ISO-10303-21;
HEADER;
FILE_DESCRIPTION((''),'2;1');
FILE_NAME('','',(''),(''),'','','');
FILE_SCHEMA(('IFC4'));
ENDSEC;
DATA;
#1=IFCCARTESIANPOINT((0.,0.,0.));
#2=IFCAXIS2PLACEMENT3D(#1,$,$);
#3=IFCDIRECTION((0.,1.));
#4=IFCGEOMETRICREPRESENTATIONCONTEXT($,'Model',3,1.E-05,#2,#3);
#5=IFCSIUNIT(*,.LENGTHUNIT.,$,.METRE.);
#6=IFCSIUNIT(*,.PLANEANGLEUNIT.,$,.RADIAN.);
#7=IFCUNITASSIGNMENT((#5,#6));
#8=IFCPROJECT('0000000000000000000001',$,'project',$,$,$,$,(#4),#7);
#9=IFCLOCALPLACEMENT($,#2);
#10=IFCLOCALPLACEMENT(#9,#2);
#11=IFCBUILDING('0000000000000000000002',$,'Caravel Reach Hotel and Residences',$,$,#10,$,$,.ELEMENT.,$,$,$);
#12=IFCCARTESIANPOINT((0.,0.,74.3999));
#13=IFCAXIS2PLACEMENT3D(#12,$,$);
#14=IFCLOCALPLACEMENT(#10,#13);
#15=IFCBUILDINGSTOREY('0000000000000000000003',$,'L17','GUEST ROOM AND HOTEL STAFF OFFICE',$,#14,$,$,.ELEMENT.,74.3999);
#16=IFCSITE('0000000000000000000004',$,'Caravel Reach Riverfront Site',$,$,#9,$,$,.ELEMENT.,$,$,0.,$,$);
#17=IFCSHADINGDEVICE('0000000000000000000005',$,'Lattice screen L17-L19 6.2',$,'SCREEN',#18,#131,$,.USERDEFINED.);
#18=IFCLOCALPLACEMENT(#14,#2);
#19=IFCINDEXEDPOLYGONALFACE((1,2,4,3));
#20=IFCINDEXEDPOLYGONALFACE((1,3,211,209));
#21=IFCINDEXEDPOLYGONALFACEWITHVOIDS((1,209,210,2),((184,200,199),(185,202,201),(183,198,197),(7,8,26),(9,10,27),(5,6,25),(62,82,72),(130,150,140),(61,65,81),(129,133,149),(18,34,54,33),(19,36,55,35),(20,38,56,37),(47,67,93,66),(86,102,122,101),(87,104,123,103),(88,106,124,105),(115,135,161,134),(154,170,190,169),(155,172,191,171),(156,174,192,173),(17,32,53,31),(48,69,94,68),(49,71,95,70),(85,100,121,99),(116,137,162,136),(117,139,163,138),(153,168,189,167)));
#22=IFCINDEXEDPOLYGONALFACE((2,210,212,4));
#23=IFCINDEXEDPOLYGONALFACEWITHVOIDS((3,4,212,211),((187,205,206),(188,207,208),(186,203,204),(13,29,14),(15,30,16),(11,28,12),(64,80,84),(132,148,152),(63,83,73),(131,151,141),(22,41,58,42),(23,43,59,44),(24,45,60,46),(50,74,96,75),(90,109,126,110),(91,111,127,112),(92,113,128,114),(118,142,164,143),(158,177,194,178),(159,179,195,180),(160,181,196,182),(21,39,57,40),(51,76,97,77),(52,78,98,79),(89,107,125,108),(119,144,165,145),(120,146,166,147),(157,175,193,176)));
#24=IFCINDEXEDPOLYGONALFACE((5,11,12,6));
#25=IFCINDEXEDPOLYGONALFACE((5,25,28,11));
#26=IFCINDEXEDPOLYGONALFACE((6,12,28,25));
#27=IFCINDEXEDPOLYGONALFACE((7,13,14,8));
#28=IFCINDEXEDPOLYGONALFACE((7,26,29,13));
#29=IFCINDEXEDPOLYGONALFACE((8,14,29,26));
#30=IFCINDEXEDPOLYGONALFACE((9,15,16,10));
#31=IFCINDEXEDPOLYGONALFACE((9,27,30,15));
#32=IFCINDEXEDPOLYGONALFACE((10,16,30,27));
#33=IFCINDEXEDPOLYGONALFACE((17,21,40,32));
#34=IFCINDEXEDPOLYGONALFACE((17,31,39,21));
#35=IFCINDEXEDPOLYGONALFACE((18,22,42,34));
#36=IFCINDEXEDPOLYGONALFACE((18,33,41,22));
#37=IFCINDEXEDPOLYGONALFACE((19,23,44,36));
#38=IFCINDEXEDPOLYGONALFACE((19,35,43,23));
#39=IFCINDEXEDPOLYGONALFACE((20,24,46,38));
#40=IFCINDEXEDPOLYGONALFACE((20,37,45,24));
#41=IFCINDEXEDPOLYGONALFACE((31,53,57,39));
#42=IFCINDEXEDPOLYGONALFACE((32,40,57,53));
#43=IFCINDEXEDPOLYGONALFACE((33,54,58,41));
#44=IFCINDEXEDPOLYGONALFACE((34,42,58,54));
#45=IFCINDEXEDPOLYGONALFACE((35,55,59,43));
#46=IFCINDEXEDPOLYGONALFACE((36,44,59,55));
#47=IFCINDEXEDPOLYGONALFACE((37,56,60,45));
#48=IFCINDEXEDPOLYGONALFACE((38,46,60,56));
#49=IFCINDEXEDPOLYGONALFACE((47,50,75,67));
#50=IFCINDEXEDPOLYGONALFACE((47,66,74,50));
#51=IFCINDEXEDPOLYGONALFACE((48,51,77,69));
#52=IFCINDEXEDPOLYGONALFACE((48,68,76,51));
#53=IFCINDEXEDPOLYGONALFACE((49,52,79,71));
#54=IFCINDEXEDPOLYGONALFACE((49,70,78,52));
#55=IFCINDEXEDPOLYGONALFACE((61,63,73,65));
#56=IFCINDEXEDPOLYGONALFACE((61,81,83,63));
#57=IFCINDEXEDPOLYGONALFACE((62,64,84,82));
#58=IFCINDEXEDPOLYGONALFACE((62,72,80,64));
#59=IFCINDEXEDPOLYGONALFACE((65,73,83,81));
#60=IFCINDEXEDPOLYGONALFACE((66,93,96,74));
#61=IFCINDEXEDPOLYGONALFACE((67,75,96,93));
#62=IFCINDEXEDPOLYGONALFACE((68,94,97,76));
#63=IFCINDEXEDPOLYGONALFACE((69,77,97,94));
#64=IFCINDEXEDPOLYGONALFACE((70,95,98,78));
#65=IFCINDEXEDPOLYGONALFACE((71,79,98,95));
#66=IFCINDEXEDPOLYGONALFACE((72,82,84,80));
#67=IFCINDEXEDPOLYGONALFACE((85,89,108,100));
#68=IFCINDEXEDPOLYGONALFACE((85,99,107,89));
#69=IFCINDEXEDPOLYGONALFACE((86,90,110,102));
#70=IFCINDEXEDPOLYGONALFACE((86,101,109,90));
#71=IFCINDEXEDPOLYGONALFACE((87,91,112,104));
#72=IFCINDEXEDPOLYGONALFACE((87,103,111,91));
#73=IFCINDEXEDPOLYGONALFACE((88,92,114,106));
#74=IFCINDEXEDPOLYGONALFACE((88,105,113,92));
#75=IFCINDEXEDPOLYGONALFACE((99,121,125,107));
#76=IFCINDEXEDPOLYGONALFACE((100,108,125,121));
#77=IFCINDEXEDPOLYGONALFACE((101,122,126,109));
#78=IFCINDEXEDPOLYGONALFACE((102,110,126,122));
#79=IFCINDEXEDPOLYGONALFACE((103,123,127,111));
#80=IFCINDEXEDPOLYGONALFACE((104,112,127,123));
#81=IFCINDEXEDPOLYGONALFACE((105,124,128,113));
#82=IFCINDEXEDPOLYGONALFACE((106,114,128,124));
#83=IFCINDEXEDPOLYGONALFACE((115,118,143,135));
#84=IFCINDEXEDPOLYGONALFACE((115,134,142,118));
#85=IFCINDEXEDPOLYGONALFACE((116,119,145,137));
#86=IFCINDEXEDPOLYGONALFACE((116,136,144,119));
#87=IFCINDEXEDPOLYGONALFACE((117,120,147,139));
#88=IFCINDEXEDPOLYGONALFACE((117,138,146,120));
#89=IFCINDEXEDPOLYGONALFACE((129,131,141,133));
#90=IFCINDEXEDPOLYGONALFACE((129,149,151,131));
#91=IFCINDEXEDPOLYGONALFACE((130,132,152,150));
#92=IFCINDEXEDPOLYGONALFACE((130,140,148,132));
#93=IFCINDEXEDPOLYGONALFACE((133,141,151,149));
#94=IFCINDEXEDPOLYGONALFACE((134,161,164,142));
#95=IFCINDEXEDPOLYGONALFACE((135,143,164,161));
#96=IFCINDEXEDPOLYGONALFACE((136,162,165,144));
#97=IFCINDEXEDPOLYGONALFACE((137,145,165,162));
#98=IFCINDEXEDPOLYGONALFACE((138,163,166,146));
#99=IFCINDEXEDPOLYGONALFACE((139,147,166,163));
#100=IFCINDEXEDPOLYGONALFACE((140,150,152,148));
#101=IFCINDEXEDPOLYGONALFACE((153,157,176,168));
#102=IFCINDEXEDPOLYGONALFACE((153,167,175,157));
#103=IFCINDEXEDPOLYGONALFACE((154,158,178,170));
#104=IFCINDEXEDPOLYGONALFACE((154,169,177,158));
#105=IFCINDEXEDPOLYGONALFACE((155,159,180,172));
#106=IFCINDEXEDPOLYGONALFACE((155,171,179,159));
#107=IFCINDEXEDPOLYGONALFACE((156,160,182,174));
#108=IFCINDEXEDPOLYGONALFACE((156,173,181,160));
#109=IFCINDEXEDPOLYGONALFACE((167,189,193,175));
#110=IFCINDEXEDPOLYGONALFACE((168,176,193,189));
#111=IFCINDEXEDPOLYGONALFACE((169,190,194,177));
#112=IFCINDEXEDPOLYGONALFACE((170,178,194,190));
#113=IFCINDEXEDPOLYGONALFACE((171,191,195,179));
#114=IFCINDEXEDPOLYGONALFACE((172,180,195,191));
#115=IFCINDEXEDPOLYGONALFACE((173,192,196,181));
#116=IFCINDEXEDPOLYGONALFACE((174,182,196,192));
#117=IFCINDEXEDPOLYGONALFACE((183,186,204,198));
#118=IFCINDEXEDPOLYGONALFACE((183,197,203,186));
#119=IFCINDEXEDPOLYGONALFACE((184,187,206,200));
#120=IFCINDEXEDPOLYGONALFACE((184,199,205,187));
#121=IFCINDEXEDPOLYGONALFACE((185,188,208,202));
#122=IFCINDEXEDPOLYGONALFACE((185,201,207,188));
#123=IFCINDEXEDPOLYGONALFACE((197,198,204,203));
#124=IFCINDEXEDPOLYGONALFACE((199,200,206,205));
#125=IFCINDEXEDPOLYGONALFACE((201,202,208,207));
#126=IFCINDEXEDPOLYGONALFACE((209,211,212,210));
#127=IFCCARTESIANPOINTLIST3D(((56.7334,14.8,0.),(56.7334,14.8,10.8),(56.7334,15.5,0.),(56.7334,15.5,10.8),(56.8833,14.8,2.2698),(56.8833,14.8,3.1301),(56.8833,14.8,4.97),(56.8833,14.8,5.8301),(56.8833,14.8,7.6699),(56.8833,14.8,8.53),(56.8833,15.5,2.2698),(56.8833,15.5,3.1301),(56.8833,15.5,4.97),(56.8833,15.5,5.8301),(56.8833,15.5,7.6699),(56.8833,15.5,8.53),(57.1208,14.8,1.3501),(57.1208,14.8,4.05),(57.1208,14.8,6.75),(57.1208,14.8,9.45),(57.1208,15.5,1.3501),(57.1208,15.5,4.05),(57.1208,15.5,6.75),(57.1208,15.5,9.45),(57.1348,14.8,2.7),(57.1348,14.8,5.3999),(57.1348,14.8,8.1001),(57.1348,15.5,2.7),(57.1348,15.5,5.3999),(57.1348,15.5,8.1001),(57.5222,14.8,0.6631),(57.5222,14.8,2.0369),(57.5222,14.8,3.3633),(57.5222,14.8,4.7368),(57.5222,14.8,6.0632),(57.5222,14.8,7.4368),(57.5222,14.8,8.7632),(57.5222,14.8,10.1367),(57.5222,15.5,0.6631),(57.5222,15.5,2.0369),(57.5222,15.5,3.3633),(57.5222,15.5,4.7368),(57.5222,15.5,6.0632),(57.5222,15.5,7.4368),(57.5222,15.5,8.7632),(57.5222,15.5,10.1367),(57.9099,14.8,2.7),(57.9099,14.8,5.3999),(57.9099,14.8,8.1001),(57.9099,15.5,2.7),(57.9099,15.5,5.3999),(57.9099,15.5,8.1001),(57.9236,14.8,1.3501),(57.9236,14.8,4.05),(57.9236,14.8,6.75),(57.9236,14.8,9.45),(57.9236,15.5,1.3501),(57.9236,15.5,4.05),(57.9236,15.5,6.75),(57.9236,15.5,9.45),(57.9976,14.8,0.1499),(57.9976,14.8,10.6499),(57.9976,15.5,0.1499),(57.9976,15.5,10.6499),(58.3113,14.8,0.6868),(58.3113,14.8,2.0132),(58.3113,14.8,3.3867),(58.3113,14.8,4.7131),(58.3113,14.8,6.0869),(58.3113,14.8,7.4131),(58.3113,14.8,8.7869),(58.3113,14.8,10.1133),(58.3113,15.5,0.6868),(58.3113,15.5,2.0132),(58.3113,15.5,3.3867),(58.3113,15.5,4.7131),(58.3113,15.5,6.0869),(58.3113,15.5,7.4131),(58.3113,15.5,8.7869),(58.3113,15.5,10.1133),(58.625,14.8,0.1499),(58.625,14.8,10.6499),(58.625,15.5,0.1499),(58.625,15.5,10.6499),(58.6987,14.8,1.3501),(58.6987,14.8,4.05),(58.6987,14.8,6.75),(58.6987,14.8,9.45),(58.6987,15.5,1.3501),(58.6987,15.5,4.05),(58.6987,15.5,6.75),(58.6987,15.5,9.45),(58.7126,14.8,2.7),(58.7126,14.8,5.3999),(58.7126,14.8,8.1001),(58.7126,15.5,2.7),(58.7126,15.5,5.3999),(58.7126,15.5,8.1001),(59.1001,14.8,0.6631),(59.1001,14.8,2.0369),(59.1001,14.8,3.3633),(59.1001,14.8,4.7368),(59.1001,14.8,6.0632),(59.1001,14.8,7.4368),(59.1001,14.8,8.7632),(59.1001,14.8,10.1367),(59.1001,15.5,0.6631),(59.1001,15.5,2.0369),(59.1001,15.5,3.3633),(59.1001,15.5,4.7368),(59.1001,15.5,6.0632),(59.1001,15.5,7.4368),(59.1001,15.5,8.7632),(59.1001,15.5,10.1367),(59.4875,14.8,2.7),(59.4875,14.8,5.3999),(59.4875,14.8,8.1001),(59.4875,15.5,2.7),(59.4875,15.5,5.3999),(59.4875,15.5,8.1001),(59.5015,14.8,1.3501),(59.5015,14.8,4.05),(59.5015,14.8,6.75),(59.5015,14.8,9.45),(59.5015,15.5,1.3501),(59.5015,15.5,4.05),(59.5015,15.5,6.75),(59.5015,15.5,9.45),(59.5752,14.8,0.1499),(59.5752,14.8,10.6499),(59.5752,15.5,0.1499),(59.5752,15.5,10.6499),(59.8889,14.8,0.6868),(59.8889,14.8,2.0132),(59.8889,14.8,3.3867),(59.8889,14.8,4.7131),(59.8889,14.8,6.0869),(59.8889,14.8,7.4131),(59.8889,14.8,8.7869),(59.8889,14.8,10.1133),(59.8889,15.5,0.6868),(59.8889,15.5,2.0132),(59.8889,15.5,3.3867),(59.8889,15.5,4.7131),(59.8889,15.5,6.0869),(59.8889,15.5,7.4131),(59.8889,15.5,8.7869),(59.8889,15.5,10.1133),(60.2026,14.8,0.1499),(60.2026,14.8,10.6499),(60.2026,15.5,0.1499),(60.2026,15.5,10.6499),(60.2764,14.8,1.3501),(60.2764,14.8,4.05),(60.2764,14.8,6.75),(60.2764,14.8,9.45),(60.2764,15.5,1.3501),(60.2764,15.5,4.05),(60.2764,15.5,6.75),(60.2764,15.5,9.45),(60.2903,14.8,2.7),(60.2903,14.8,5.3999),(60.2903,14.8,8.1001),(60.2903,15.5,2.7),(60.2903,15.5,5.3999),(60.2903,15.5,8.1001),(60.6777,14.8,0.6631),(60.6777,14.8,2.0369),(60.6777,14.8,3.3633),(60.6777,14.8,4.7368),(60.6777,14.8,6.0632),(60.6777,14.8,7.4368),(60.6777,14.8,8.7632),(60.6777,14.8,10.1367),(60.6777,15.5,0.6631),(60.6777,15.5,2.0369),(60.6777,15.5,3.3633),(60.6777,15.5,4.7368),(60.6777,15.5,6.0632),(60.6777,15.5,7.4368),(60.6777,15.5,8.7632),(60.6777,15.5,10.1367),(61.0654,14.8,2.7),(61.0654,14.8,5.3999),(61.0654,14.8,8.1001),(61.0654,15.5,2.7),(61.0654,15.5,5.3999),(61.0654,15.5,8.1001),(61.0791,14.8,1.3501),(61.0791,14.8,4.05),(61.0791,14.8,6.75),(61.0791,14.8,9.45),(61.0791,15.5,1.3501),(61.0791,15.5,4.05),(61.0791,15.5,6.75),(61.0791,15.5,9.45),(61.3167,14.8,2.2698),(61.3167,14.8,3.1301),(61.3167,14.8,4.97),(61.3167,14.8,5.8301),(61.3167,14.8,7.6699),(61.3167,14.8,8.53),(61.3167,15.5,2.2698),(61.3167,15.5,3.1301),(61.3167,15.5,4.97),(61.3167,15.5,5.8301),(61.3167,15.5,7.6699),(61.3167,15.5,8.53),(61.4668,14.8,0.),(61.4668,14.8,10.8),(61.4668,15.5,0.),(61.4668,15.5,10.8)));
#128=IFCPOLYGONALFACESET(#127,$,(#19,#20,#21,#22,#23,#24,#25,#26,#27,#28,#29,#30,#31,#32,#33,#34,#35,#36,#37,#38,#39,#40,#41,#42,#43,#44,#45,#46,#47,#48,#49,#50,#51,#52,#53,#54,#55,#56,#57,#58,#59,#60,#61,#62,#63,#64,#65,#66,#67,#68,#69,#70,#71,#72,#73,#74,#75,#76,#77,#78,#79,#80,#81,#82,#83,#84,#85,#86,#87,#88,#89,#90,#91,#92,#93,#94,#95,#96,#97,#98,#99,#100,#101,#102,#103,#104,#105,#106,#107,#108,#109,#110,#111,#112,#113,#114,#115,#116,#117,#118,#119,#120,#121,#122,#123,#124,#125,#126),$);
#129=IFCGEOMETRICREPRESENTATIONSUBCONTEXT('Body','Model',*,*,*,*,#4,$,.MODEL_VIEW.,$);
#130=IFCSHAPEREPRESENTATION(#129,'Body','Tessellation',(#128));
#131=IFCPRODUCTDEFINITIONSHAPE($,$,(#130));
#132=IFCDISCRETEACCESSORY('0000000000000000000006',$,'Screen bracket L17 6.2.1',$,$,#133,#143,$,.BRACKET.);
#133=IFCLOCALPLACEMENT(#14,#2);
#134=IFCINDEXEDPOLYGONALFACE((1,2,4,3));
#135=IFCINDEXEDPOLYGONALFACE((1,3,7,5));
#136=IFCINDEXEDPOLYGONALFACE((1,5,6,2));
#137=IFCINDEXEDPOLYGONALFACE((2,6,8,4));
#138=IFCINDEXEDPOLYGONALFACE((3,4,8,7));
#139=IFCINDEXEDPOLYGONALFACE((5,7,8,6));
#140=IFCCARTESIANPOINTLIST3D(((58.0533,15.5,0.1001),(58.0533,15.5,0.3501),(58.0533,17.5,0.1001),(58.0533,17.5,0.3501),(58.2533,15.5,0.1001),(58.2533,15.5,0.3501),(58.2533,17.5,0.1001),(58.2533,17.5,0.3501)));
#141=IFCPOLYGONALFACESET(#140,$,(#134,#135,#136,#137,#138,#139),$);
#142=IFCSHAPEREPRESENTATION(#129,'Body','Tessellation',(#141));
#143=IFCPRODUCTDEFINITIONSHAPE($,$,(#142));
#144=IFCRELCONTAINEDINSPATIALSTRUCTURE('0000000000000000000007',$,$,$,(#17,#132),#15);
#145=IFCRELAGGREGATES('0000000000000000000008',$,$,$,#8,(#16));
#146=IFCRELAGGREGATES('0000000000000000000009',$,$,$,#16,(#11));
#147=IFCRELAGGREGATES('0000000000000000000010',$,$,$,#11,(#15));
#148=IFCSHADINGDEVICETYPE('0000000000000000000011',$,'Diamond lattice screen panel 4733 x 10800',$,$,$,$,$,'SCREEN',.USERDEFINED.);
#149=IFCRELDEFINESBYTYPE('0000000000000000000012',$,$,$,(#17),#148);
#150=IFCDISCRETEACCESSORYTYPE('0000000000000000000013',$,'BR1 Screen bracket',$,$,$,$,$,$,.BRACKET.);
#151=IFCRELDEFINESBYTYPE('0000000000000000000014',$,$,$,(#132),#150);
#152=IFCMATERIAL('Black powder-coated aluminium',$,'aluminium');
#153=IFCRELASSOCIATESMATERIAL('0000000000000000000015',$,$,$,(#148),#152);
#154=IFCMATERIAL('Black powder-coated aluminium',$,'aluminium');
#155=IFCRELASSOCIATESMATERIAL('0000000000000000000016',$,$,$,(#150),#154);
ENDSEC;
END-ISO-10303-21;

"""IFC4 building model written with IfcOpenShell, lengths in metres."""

from ifc_helpers import new_model, si_unit, direction, frame, origin, origin_2d, place, context, subcontext, project, spatial, polyline, rectangle, outline, extrude, material, type_object, element, save


model = new_model("IFC4")

# Units and contexts
model_context = context("Model", 3, precision=1e-05, world=origin(), true_north=direction((0.0, 1.0)))
body_context = subcontext(model_context, "Body", "Model", "MODEL_VIEW")
ifc_project = project(units=[si_unit("LENGTHUNIT", "METRE"), si_unit("PLANEANGLEUNIT", "RADIAN")], contexts=[model_context])

# Site, building, storey
site_placement = place(None, origin())
site = spatial("IfcSite", under=ifc_project, at=site_placement, Name="Caravel Reach Riverfront Site", CompositionType="ELEMENT", RefElevation=0.0)
building_placement = place(site_placement, origin())
building = spatial("IfcBuilding", under=site, at=building_placement, Name="Caravel Reach Hotel and Residences", CompositionType="ELEMENT")
storey_placement = place(building_placement, frame((0.0, 0.0, 74.3999)))
storey = spatial("IfcBuildingStorey", under=building, at=storey_placement, Name="L17", Description="GUEST ROOM AND HOTEL STAFF OFFICE", CompositionType="ELEMENT", Elevation=74.3999)

# Shading device
ifc_material_1 = material(Name="Black powder-coated aluminium", Category="aluminium")
shading_device_type = type_object("IfcShadingDeviceType", Name="Diamond lattice screen panel 4733 x 10800", ElementType="SCREEN", PredefinedType="USERDEFINED", material=ifc_material_1)
shading_device_placement = place(storey_placement, frame((56.7334, 15.5, 0.0), z_axis=(0.0, -1.0, 0.0), x_axis=(1.0, 0.0, 0.0)))
element("IfcShadingDevice", 1, at=shading_device_placement, inside=storey, type_object=shading_device_type, Name="Lattice screen L17-L19 6.2", ObjectType="SCREEN", PredefinedType="USERDEFINED", context=body_context, shape_type="SweptSolid", body=[
    extrude(outline(polyline([(0.0, 0.0), (4.7334, 0.0), (4.7334, 10.8), (0.0, 10.8), (0.0, 0.0)]), holes=[polyline([(0.4014, 2.7), (0.1499, 3.1301), (0.1499, 2.2698), (0.4014, 2.7)]), polyline([(0.4014, 5.3999), (0.1499, 5.8301), (0.1499, 4.97), (0.4014, 5.3999)]), polyline([(0.4014, 8.1001), (0.1499, 8.53), (0.1499, 7.6699), (0.4014, 8.1001)]), polyline([(0.7888, 2.0369), (0.3875, 1.3501), (0.7888, 0.6631), (1.1902, 1.3501), (0.7888, 2.0369)]), polyline([(0.7888, 4.7368), (0.3875, 4.05), (0.7888, 3.3633), (1.1902, 4.05), (0.7888, 4.7368)]), polyline([(0.7888, 7.4368), (0.3875, 6.75), (0.7888, 6.0632), (1.1902, 6.75), (0.7888, 7.4368)]), polyline([(0.7888, 10.1367), (0.3875, 9.45), (0.7888, 8.7632), (1.1902, 9.45), (0.7888, 10.1367)]), polyline([(1.5779, 0.6868), (1.2642, 0.1499), (1.8916, 0.1499), (1.5779, 0.6868)]), polyline([(1.5779, 3.3867), (1.1765, 2.7), (1.5779, 2.0132), (1.9792, 2.7), (1.5779, 3.3867)]), polyline([(1.5779, 6.0869), (1.1765, 5.3999), (1.5779, 4.7131), (1.9792, 5.3999), (1.5779, 6.0869)]), polyline([(1.5779, 8.7869), (1.1765, 8.1001), (1.5779, 7.4131), (1.9792, 8.1001), (1.5779, 8.7869)]), polyline([(1.5779, 10.1133), (1.8916, 10.6499), (1.2642, 10.6499), (1.5779, 10.1133)]), polyline([(2.3667, 2.0369), (1.9653, 1.3501), (2.3667, 0.6631), (2.7681, 1.3501), (2.3667, 2.0369)]), polyline([(2.3667, 4.7368), (1.9653, 4.05), (2.3667, 3.3633), (2.7681, 4.05), (2.3667, 4.7368)]), polyline([(2.3667, 7.4368), (1.9653, 6.75), (2.3667, 6.0632), (2.7681, 6.75), (2.3667, 7.4368)]), polyline([(2.3667, 10.1367), (1.9653, 9.45), (2.3667, 8.7632), (2.7681, 9.45), (2.3667, 10.1367)]), polyline([(3.1555, 0.6868), (2.8418, 0.1499), (3.4692, 0.1499), (3.1555, 0.6868)]), polyline([(3.1555, 3.3867), (2.7542, 2.7), (3.1555, 2.0132), (3.5569, 2.7), (3.1555, 3.3867)]), polyline([(3.1555, 6.0869), (2.7542, 5.3999), (3.1555, 4.7131), (3.5569, 5.3999), (3.1555, 6.0869)]), polyline([(3.1555, 8.7869), (2.7542, 8.1001), (3.1555, 7.4131), (3.5569, 8.1001), (3.1555, 8.7869)]), polyline([(3.1555, 10.1133), (3.4692, 10.6499), (2.8418, 10.6499), (3.1555, 10.1133)]), polyline([(3.9443, 2.0369), (3.543, 1.3501), (3.9443, 0.6631), (4.3457, 1.3501), (3.9443, 2.0369)]), polyline([(3.9443, 4.7368), (3.543, 4.05), (3.9443, 3.3633), (4.3457, 4.05), (3.9443, 4.7368)]), polyline([(3.9443, 7.4368), (3.543, 6.75), (3.9443, 6.0632), (4.3457, 6.75), (3.9443, 7.4368)]), polyline([(3.9443, 10.1367), (3.543, 9.45), (3.9443, 8.7632), (4.3457, 9.45), (3.9443, 10.1367)]), polyline([(4.332, 2.7), (4.5833, 2.2698), (4.5833, 3.1301), (4.332, 2.7)]), polyline([(4.332, 5.3999), (4.5833, 4.97), (4.5833, 5.8301), (4.332, 5.3999)]), polyline([(4.332, 8.1001), (4.5833, 7.6699), (4.5833, 8.53), (4.332, 8.1001)])]), origin(), (0.0, 0.0, 1.0), 0.7),
])

# Discrete accessory
ifc_material_2 = material(Name="Black powder-coated aluminium", Category="aluminium")
discrete_accessory_type = type_object("IfcDiscreteAccessoryType", Name="BR1 Screen bracket", PredefinedType="BRACKET", material=ifc_material_2)
discrete_accessory_placement = place(storey_placement, frame((58.1533, 16.5, 0.1001), z_axis=(0.0, 0.0, 1.0), x_axis=(0.0, -1.0, 0.0)))
element("IfcDiscreteAccessory", 2, at=discrete_accessory_placement, inside=storey, type_object=discrete_accessory_type, Name="Screen bracket L17 6.2.1", PredefinedType="BRACKET", context=body_context, shape_type="SweptSolid", body=[
    extrude(rectangle(XDim=2.0, YDim=0.2, at=origin_2d()), origin(), (0.0, 0.0, 1.0), 0.25),
])

save(model, "model.ifc")
